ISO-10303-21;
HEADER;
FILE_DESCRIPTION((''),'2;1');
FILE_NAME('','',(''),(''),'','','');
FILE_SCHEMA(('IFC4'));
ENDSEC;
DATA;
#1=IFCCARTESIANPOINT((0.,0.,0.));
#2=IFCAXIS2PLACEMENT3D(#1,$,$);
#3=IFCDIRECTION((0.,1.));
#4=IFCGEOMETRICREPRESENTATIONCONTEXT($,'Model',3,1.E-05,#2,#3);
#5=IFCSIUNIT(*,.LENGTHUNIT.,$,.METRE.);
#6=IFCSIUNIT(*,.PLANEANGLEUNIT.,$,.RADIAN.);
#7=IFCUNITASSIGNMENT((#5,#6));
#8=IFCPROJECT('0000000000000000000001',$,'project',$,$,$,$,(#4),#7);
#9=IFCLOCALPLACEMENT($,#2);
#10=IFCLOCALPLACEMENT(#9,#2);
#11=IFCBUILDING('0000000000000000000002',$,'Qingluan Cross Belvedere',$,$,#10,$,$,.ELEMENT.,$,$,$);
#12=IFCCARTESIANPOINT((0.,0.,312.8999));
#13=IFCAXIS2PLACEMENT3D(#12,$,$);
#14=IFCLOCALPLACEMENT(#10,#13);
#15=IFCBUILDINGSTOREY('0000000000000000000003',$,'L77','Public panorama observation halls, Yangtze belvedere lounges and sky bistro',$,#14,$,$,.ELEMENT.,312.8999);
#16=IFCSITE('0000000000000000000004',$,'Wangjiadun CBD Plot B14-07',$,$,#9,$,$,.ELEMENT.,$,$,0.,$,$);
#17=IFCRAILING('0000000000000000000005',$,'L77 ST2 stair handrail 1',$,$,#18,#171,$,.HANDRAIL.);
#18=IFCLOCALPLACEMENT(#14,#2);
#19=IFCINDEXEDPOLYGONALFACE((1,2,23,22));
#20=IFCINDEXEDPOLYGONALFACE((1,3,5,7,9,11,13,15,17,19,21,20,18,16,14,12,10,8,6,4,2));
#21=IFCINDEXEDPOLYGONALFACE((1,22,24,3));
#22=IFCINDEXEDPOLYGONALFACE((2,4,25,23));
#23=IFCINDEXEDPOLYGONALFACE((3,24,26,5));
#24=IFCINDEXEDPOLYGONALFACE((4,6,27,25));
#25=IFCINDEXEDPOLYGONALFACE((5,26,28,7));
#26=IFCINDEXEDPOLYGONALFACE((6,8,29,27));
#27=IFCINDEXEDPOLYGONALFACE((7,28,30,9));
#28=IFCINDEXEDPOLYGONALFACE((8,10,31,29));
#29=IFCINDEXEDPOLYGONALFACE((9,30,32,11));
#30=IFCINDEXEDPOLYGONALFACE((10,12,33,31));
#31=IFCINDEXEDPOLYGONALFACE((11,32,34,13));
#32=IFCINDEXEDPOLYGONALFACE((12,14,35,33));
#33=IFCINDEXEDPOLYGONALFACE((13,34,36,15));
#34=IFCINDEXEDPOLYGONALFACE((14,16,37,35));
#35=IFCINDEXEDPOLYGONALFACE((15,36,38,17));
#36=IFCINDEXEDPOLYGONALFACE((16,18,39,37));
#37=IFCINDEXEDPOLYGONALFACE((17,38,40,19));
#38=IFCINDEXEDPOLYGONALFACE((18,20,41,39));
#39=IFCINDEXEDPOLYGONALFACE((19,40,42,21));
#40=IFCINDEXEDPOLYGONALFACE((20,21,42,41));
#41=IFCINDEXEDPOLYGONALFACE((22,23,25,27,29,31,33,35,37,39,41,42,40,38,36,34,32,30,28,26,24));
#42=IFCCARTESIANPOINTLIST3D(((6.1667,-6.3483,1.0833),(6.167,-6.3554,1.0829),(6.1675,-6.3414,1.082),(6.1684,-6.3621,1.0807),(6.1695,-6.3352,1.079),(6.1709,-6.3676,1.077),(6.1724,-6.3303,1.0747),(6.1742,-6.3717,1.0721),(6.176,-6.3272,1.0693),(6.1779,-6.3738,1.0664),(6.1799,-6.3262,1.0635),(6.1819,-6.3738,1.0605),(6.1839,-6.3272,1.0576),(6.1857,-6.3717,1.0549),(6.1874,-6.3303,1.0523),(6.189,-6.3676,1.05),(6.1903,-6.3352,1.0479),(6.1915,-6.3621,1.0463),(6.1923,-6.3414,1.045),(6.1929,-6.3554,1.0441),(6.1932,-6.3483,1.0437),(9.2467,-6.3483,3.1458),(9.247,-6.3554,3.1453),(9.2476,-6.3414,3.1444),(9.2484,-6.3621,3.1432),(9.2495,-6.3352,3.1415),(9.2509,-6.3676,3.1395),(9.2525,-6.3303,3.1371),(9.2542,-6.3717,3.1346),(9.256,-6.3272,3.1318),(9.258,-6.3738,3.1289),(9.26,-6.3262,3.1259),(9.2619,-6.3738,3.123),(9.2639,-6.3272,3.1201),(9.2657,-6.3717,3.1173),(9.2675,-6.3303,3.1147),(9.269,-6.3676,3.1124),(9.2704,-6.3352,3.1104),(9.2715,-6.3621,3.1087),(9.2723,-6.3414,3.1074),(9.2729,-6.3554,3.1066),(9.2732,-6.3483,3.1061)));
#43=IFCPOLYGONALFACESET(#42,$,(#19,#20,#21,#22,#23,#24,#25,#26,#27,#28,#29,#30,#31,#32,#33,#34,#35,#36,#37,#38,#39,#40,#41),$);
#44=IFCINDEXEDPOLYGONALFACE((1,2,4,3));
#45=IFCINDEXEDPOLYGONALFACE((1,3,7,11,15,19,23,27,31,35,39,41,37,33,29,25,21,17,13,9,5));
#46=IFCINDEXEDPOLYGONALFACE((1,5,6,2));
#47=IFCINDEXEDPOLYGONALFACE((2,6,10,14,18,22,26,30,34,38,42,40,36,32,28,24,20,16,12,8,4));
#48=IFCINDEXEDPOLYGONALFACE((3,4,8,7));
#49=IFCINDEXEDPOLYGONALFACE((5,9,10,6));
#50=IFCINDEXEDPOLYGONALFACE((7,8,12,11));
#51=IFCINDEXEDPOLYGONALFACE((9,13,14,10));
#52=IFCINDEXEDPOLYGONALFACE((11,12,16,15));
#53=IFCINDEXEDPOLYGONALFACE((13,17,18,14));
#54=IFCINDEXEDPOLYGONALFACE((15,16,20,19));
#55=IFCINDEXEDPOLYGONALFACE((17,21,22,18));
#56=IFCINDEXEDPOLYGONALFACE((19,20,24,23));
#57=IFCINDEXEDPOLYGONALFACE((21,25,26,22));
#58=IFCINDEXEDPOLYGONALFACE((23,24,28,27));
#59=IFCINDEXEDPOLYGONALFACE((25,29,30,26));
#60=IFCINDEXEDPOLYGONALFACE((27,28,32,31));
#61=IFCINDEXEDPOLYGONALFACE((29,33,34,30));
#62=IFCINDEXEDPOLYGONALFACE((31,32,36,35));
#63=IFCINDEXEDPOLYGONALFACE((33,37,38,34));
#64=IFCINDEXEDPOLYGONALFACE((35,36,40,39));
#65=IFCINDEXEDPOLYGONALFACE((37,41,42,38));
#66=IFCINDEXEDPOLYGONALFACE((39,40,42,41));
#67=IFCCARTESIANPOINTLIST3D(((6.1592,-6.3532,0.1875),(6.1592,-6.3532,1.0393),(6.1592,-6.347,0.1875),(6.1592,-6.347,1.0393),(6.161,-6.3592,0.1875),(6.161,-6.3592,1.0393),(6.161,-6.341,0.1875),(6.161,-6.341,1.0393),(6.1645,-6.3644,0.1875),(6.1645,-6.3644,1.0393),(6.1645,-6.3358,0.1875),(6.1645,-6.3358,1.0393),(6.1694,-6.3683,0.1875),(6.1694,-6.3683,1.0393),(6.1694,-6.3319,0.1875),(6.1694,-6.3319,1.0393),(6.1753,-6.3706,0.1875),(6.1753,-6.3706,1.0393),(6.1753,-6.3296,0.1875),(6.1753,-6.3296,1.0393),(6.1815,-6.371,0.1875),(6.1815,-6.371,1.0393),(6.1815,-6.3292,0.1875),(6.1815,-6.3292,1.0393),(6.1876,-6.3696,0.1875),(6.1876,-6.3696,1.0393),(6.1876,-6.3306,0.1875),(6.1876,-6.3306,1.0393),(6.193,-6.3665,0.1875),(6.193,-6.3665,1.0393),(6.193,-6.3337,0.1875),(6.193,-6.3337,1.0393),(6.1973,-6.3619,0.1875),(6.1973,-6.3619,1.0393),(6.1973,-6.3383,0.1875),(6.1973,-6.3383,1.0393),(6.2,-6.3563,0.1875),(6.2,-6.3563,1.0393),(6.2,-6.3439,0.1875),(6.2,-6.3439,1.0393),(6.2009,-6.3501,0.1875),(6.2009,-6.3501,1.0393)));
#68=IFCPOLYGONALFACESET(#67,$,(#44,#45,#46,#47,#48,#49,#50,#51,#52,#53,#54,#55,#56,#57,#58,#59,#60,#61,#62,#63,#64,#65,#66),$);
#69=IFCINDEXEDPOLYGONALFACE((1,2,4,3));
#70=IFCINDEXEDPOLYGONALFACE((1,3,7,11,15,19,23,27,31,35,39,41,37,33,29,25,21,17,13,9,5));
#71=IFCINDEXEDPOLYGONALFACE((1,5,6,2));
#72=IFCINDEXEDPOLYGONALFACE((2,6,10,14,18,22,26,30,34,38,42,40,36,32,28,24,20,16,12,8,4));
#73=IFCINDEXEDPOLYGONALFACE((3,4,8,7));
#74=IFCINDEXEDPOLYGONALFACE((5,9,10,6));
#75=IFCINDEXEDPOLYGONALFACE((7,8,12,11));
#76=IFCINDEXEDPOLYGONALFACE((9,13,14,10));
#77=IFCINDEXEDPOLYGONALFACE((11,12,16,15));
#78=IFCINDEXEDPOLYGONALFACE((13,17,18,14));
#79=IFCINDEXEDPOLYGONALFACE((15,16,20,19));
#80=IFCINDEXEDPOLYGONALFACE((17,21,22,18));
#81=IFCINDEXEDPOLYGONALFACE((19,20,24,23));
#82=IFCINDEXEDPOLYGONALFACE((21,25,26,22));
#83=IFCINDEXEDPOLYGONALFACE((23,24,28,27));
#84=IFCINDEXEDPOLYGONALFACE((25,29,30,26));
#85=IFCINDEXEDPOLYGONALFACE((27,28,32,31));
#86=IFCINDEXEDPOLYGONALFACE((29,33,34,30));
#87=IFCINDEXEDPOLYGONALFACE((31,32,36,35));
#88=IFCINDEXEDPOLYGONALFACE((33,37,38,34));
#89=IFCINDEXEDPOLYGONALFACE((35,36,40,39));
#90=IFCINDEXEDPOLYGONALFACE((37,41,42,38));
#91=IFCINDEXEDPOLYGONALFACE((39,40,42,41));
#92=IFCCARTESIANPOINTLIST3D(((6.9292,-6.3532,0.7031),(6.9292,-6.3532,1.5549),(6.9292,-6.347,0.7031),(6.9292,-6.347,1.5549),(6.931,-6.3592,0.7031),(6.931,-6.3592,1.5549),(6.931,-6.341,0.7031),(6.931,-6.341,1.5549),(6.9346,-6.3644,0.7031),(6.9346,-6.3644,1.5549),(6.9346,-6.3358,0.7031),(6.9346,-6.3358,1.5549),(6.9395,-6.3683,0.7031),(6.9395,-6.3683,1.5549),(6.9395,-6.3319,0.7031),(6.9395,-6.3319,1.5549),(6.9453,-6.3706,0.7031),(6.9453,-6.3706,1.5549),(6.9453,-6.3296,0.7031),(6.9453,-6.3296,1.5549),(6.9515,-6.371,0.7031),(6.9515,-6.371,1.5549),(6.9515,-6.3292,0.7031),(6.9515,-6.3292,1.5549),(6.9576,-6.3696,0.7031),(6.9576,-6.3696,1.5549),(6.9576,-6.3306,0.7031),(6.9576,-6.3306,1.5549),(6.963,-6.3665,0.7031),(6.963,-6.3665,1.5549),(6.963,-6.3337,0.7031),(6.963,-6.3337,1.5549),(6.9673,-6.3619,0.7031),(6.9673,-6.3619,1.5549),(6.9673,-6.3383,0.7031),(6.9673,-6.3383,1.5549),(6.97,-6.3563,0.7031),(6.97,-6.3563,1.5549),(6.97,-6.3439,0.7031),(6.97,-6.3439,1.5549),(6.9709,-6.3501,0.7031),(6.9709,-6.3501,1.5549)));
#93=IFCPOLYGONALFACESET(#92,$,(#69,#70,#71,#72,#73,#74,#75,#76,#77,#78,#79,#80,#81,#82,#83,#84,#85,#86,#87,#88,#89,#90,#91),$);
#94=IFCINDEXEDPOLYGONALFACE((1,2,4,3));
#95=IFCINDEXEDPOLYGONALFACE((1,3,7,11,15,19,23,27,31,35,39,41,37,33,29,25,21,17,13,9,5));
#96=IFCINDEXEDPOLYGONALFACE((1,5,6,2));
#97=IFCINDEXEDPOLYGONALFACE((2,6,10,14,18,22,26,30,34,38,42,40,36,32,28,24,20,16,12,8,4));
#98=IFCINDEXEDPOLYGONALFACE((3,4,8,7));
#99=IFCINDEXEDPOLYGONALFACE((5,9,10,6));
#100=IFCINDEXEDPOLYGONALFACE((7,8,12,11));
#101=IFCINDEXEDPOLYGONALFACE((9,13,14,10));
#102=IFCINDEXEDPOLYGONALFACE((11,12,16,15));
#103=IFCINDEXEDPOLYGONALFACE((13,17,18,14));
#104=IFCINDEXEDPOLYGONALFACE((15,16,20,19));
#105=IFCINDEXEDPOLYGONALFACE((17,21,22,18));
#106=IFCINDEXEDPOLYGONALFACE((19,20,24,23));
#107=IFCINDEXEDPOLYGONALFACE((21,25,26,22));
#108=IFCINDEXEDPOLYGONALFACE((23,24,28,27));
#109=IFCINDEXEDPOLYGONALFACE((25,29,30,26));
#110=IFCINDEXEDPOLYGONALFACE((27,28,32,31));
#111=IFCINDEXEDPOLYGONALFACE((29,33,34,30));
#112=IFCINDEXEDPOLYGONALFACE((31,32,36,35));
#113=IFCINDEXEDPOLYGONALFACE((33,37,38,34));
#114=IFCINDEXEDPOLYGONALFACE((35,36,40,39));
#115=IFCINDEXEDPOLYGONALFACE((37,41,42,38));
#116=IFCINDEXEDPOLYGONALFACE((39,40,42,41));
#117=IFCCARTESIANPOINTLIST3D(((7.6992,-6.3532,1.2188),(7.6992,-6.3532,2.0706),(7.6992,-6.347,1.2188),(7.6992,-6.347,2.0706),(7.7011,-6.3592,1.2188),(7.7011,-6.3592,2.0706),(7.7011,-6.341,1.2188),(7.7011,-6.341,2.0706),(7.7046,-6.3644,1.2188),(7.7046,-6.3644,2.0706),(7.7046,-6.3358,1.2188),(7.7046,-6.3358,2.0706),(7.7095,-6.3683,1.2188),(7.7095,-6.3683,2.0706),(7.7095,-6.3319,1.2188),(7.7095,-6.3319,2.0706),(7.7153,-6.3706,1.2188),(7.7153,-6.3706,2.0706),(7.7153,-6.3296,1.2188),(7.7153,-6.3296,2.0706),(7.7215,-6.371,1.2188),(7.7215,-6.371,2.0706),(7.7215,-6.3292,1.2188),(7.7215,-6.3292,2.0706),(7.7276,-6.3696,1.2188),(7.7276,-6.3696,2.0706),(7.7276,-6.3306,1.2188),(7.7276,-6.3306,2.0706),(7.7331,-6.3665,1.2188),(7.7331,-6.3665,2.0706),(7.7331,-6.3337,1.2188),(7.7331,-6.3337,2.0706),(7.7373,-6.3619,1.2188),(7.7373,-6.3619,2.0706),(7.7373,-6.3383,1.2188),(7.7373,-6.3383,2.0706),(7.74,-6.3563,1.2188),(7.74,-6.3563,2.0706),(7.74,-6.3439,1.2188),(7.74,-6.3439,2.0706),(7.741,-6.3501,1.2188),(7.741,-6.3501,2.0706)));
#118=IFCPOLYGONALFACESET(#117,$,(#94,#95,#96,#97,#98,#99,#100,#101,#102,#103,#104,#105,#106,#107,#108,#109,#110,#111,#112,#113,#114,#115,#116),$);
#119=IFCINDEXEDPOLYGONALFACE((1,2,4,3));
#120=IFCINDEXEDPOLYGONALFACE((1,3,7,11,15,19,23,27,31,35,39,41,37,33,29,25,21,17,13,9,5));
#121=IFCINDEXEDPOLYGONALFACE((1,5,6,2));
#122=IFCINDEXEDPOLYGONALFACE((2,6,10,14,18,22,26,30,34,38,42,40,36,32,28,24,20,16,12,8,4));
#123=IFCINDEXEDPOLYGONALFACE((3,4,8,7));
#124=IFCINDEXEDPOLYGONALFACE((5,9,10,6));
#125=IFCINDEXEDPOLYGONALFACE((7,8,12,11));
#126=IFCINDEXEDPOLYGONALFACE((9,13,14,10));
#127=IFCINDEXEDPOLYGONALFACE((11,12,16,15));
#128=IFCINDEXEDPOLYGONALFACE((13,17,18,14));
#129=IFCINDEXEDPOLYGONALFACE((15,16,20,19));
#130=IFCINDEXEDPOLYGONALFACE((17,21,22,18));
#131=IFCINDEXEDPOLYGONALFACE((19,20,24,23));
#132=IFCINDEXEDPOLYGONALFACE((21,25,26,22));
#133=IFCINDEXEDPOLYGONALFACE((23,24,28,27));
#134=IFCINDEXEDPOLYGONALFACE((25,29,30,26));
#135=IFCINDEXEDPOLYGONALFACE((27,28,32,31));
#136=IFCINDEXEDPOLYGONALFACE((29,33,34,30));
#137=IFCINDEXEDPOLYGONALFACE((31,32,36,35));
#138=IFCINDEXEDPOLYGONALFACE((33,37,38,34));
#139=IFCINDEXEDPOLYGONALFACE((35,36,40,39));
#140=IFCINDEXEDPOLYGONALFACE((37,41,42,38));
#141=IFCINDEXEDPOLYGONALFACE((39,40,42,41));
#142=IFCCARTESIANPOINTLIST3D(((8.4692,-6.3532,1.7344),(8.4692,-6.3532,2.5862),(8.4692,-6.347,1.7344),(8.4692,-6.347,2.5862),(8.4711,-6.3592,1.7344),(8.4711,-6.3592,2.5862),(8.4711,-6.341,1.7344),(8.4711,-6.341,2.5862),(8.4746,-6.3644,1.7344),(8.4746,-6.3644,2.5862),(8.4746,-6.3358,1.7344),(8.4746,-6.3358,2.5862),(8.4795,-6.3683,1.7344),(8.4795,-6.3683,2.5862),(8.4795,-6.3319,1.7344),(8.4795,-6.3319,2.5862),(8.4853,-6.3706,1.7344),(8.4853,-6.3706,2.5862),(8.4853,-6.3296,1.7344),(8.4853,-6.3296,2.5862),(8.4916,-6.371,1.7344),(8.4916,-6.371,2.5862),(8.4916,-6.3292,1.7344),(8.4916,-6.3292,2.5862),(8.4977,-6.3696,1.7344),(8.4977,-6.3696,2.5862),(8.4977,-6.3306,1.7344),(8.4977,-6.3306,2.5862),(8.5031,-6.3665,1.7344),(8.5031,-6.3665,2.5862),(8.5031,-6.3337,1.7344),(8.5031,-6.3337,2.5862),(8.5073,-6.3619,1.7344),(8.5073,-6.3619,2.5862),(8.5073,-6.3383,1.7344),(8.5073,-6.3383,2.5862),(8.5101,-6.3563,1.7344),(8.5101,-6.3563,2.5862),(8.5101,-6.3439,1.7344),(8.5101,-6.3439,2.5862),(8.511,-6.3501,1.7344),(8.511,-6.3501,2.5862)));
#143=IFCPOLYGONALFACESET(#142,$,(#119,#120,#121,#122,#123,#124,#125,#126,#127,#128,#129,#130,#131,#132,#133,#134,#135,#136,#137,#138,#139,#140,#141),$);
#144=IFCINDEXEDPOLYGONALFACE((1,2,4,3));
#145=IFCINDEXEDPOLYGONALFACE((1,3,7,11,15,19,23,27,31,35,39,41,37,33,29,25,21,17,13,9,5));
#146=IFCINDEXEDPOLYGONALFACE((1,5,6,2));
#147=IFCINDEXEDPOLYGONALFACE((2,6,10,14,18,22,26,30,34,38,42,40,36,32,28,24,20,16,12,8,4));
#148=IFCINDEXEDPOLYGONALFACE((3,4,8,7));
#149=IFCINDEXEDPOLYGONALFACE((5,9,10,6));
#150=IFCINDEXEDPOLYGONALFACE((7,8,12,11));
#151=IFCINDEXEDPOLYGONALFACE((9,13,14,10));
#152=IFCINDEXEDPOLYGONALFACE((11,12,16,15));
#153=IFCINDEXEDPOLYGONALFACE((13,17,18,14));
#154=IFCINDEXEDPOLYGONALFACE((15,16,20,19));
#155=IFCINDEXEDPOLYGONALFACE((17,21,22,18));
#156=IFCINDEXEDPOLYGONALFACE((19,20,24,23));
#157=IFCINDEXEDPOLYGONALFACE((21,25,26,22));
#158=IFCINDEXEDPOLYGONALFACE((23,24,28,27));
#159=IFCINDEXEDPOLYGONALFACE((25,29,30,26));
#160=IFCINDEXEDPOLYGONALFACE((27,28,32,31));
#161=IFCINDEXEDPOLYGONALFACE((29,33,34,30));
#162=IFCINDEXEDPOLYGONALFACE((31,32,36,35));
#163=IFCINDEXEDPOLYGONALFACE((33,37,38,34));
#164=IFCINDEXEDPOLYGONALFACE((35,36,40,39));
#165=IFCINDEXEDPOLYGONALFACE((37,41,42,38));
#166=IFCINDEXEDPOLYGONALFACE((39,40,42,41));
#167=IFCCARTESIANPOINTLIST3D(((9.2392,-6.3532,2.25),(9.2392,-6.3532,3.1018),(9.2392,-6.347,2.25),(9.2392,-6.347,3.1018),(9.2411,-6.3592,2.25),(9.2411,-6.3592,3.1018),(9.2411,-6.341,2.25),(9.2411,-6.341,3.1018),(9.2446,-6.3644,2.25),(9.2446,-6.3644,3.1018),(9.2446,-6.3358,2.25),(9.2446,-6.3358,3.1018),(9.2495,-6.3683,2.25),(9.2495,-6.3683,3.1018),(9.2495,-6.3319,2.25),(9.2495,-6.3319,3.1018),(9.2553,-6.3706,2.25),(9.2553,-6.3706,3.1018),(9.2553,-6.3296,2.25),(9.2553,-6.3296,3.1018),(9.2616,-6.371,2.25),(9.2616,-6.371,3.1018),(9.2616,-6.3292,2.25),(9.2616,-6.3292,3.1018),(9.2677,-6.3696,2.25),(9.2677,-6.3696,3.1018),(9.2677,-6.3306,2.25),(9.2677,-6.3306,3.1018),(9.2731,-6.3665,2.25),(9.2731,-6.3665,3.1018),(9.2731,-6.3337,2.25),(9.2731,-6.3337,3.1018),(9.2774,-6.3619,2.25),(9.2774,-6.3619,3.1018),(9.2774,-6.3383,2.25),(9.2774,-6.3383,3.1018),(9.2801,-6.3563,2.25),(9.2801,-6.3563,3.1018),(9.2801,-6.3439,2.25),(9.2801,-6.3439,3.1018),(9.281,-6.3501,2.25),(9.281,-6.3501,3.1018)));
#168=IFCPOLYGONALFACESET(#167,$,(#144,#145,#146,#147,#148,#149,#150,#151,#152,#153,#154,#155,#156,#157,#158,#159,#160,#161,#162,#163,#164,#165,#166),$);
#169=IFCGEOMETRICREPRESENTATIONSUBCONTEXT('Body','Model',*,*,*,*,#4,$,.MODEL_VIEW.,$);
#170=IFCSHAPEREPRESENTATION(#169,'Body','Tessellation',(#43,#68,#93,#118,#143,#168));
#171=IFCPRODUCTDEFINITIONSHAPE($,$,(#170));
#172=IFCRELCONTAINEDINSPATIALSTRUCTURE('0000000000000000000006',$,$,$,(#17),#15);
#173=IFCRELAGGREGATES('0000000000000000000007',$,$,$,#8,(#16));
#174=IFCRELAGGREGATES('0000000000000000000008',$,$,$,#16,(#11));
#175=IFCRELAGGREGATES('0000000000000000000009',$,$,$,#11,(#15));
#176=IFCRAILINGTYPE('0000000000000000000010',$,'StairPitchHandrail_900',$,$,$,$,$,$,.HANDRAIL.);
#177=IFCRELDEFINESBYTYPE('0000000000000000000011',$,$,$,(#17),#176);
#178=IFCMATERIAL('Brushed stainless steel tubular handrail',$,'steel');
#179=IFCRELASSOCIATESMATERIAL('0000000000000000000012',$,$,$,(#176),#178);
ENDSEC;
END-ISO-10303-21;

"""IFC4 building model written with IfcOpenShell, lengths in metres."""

from ifc_helpers import new_model, si_unit, direction, frame, origin, origin_2d, place, context, subcontext, project, spatial, circle, extrude, material, type_object, element, save


model = new_model("IFC4")

# Units and contexts
model_context = context("Model", 3, precision=1e-05, world=origin(), true_north=direction((0.0, 1.0)))
body_context = subcontext(model_context, "Body", "Model", "MODEL_VIEW")
ifc_project = project(units=[si_unit("LENGTHUNIT", "METRE"), si_unit("PLANEANGLEUNIT", "RADIAN")], contexts=[model_context])

# Site, building, storey
site_placement = place(None, origin())
site = spatial("IfcSite", under=ifc_project, at=site_placement, Name="Wangjiadun CBD Plot B14-07", CompositionType="ELEMENT", RefElevation=0.0)
building_placement = place(site_placement, origin())
building = spatial("IfcBuilding", under=site, at=building_placement, Name="Qingluan Cross Belvedere", CompositionType="ELEMENT")
storey_placement = place(building_placement, frame((0.0, 0.0, 312.8999)))
storey = spatial("IfcBuildingStorey", under=building, at=storey_placement, Name="L77", Description="Public panorama observation halls, Yangtze belvedere lounges and sky bistro", CompositionType="ELEMENT", Elevation=312.8999)

# Railing
ifc_material_1 = material(Name="Brushed stainless steel tubular handrail", Category="steel")
railing_type_1 = type_object("IfcRailingType", Name="StairPitchHandrail_900", PredefinedType="HANDRAIL", material=ifc_material_1)
railing_1_placement = place(storey_placement, frame((6.1799, -6.3501, 0.1875)))
element("IfcRailing", 1, at=railing_1_placement, inside=storey, type_object=railing_type_1, Name="L77 ST2 stair handrail 1", PredefinedType="HANDRAIL", context=body_context, shape_type="SweptSolid", body=[
    extrude(circle(Radius=0.0239, at=origin_2d()), frame((0.0, 0.0, 0.876), z_axis=(0.830914, 0.0, 0.556401), x_axis=(0.0, 1.0, 0.0)), (0.0, 0.0, 1.0), 3.7068),
    extrude(circle(Radius=0.021, at=origin_2d()), origin(), (0.0, 0.0, 1.0), 0.8518),
    extrude(circle(Radius=0.021, at=origin_2d()), frame((0.77, 0.0, 0.5156)), (0.0, 0.0, 1.0), 0.8518),
    extrude(circle(Radius=0.021, at=origin_2d()), frame((1.54, 0.0, 1.0312)), (0.0, 0.0, 1.0), 0.8518),
    extrude(circle(Radius=0.021, at=origin_2d()), frame((2.3101, 0.0, 1.5469)), (0.0, 0.0, 1.0), 0.8518),
    extrude(circle(Radius=0.021, at=origin_2d()), frame((3.0801, 0.0, 2.0625)), (0.0, 0.0, 1.0), 0.8518),
])

save(model, "model.ifc")
